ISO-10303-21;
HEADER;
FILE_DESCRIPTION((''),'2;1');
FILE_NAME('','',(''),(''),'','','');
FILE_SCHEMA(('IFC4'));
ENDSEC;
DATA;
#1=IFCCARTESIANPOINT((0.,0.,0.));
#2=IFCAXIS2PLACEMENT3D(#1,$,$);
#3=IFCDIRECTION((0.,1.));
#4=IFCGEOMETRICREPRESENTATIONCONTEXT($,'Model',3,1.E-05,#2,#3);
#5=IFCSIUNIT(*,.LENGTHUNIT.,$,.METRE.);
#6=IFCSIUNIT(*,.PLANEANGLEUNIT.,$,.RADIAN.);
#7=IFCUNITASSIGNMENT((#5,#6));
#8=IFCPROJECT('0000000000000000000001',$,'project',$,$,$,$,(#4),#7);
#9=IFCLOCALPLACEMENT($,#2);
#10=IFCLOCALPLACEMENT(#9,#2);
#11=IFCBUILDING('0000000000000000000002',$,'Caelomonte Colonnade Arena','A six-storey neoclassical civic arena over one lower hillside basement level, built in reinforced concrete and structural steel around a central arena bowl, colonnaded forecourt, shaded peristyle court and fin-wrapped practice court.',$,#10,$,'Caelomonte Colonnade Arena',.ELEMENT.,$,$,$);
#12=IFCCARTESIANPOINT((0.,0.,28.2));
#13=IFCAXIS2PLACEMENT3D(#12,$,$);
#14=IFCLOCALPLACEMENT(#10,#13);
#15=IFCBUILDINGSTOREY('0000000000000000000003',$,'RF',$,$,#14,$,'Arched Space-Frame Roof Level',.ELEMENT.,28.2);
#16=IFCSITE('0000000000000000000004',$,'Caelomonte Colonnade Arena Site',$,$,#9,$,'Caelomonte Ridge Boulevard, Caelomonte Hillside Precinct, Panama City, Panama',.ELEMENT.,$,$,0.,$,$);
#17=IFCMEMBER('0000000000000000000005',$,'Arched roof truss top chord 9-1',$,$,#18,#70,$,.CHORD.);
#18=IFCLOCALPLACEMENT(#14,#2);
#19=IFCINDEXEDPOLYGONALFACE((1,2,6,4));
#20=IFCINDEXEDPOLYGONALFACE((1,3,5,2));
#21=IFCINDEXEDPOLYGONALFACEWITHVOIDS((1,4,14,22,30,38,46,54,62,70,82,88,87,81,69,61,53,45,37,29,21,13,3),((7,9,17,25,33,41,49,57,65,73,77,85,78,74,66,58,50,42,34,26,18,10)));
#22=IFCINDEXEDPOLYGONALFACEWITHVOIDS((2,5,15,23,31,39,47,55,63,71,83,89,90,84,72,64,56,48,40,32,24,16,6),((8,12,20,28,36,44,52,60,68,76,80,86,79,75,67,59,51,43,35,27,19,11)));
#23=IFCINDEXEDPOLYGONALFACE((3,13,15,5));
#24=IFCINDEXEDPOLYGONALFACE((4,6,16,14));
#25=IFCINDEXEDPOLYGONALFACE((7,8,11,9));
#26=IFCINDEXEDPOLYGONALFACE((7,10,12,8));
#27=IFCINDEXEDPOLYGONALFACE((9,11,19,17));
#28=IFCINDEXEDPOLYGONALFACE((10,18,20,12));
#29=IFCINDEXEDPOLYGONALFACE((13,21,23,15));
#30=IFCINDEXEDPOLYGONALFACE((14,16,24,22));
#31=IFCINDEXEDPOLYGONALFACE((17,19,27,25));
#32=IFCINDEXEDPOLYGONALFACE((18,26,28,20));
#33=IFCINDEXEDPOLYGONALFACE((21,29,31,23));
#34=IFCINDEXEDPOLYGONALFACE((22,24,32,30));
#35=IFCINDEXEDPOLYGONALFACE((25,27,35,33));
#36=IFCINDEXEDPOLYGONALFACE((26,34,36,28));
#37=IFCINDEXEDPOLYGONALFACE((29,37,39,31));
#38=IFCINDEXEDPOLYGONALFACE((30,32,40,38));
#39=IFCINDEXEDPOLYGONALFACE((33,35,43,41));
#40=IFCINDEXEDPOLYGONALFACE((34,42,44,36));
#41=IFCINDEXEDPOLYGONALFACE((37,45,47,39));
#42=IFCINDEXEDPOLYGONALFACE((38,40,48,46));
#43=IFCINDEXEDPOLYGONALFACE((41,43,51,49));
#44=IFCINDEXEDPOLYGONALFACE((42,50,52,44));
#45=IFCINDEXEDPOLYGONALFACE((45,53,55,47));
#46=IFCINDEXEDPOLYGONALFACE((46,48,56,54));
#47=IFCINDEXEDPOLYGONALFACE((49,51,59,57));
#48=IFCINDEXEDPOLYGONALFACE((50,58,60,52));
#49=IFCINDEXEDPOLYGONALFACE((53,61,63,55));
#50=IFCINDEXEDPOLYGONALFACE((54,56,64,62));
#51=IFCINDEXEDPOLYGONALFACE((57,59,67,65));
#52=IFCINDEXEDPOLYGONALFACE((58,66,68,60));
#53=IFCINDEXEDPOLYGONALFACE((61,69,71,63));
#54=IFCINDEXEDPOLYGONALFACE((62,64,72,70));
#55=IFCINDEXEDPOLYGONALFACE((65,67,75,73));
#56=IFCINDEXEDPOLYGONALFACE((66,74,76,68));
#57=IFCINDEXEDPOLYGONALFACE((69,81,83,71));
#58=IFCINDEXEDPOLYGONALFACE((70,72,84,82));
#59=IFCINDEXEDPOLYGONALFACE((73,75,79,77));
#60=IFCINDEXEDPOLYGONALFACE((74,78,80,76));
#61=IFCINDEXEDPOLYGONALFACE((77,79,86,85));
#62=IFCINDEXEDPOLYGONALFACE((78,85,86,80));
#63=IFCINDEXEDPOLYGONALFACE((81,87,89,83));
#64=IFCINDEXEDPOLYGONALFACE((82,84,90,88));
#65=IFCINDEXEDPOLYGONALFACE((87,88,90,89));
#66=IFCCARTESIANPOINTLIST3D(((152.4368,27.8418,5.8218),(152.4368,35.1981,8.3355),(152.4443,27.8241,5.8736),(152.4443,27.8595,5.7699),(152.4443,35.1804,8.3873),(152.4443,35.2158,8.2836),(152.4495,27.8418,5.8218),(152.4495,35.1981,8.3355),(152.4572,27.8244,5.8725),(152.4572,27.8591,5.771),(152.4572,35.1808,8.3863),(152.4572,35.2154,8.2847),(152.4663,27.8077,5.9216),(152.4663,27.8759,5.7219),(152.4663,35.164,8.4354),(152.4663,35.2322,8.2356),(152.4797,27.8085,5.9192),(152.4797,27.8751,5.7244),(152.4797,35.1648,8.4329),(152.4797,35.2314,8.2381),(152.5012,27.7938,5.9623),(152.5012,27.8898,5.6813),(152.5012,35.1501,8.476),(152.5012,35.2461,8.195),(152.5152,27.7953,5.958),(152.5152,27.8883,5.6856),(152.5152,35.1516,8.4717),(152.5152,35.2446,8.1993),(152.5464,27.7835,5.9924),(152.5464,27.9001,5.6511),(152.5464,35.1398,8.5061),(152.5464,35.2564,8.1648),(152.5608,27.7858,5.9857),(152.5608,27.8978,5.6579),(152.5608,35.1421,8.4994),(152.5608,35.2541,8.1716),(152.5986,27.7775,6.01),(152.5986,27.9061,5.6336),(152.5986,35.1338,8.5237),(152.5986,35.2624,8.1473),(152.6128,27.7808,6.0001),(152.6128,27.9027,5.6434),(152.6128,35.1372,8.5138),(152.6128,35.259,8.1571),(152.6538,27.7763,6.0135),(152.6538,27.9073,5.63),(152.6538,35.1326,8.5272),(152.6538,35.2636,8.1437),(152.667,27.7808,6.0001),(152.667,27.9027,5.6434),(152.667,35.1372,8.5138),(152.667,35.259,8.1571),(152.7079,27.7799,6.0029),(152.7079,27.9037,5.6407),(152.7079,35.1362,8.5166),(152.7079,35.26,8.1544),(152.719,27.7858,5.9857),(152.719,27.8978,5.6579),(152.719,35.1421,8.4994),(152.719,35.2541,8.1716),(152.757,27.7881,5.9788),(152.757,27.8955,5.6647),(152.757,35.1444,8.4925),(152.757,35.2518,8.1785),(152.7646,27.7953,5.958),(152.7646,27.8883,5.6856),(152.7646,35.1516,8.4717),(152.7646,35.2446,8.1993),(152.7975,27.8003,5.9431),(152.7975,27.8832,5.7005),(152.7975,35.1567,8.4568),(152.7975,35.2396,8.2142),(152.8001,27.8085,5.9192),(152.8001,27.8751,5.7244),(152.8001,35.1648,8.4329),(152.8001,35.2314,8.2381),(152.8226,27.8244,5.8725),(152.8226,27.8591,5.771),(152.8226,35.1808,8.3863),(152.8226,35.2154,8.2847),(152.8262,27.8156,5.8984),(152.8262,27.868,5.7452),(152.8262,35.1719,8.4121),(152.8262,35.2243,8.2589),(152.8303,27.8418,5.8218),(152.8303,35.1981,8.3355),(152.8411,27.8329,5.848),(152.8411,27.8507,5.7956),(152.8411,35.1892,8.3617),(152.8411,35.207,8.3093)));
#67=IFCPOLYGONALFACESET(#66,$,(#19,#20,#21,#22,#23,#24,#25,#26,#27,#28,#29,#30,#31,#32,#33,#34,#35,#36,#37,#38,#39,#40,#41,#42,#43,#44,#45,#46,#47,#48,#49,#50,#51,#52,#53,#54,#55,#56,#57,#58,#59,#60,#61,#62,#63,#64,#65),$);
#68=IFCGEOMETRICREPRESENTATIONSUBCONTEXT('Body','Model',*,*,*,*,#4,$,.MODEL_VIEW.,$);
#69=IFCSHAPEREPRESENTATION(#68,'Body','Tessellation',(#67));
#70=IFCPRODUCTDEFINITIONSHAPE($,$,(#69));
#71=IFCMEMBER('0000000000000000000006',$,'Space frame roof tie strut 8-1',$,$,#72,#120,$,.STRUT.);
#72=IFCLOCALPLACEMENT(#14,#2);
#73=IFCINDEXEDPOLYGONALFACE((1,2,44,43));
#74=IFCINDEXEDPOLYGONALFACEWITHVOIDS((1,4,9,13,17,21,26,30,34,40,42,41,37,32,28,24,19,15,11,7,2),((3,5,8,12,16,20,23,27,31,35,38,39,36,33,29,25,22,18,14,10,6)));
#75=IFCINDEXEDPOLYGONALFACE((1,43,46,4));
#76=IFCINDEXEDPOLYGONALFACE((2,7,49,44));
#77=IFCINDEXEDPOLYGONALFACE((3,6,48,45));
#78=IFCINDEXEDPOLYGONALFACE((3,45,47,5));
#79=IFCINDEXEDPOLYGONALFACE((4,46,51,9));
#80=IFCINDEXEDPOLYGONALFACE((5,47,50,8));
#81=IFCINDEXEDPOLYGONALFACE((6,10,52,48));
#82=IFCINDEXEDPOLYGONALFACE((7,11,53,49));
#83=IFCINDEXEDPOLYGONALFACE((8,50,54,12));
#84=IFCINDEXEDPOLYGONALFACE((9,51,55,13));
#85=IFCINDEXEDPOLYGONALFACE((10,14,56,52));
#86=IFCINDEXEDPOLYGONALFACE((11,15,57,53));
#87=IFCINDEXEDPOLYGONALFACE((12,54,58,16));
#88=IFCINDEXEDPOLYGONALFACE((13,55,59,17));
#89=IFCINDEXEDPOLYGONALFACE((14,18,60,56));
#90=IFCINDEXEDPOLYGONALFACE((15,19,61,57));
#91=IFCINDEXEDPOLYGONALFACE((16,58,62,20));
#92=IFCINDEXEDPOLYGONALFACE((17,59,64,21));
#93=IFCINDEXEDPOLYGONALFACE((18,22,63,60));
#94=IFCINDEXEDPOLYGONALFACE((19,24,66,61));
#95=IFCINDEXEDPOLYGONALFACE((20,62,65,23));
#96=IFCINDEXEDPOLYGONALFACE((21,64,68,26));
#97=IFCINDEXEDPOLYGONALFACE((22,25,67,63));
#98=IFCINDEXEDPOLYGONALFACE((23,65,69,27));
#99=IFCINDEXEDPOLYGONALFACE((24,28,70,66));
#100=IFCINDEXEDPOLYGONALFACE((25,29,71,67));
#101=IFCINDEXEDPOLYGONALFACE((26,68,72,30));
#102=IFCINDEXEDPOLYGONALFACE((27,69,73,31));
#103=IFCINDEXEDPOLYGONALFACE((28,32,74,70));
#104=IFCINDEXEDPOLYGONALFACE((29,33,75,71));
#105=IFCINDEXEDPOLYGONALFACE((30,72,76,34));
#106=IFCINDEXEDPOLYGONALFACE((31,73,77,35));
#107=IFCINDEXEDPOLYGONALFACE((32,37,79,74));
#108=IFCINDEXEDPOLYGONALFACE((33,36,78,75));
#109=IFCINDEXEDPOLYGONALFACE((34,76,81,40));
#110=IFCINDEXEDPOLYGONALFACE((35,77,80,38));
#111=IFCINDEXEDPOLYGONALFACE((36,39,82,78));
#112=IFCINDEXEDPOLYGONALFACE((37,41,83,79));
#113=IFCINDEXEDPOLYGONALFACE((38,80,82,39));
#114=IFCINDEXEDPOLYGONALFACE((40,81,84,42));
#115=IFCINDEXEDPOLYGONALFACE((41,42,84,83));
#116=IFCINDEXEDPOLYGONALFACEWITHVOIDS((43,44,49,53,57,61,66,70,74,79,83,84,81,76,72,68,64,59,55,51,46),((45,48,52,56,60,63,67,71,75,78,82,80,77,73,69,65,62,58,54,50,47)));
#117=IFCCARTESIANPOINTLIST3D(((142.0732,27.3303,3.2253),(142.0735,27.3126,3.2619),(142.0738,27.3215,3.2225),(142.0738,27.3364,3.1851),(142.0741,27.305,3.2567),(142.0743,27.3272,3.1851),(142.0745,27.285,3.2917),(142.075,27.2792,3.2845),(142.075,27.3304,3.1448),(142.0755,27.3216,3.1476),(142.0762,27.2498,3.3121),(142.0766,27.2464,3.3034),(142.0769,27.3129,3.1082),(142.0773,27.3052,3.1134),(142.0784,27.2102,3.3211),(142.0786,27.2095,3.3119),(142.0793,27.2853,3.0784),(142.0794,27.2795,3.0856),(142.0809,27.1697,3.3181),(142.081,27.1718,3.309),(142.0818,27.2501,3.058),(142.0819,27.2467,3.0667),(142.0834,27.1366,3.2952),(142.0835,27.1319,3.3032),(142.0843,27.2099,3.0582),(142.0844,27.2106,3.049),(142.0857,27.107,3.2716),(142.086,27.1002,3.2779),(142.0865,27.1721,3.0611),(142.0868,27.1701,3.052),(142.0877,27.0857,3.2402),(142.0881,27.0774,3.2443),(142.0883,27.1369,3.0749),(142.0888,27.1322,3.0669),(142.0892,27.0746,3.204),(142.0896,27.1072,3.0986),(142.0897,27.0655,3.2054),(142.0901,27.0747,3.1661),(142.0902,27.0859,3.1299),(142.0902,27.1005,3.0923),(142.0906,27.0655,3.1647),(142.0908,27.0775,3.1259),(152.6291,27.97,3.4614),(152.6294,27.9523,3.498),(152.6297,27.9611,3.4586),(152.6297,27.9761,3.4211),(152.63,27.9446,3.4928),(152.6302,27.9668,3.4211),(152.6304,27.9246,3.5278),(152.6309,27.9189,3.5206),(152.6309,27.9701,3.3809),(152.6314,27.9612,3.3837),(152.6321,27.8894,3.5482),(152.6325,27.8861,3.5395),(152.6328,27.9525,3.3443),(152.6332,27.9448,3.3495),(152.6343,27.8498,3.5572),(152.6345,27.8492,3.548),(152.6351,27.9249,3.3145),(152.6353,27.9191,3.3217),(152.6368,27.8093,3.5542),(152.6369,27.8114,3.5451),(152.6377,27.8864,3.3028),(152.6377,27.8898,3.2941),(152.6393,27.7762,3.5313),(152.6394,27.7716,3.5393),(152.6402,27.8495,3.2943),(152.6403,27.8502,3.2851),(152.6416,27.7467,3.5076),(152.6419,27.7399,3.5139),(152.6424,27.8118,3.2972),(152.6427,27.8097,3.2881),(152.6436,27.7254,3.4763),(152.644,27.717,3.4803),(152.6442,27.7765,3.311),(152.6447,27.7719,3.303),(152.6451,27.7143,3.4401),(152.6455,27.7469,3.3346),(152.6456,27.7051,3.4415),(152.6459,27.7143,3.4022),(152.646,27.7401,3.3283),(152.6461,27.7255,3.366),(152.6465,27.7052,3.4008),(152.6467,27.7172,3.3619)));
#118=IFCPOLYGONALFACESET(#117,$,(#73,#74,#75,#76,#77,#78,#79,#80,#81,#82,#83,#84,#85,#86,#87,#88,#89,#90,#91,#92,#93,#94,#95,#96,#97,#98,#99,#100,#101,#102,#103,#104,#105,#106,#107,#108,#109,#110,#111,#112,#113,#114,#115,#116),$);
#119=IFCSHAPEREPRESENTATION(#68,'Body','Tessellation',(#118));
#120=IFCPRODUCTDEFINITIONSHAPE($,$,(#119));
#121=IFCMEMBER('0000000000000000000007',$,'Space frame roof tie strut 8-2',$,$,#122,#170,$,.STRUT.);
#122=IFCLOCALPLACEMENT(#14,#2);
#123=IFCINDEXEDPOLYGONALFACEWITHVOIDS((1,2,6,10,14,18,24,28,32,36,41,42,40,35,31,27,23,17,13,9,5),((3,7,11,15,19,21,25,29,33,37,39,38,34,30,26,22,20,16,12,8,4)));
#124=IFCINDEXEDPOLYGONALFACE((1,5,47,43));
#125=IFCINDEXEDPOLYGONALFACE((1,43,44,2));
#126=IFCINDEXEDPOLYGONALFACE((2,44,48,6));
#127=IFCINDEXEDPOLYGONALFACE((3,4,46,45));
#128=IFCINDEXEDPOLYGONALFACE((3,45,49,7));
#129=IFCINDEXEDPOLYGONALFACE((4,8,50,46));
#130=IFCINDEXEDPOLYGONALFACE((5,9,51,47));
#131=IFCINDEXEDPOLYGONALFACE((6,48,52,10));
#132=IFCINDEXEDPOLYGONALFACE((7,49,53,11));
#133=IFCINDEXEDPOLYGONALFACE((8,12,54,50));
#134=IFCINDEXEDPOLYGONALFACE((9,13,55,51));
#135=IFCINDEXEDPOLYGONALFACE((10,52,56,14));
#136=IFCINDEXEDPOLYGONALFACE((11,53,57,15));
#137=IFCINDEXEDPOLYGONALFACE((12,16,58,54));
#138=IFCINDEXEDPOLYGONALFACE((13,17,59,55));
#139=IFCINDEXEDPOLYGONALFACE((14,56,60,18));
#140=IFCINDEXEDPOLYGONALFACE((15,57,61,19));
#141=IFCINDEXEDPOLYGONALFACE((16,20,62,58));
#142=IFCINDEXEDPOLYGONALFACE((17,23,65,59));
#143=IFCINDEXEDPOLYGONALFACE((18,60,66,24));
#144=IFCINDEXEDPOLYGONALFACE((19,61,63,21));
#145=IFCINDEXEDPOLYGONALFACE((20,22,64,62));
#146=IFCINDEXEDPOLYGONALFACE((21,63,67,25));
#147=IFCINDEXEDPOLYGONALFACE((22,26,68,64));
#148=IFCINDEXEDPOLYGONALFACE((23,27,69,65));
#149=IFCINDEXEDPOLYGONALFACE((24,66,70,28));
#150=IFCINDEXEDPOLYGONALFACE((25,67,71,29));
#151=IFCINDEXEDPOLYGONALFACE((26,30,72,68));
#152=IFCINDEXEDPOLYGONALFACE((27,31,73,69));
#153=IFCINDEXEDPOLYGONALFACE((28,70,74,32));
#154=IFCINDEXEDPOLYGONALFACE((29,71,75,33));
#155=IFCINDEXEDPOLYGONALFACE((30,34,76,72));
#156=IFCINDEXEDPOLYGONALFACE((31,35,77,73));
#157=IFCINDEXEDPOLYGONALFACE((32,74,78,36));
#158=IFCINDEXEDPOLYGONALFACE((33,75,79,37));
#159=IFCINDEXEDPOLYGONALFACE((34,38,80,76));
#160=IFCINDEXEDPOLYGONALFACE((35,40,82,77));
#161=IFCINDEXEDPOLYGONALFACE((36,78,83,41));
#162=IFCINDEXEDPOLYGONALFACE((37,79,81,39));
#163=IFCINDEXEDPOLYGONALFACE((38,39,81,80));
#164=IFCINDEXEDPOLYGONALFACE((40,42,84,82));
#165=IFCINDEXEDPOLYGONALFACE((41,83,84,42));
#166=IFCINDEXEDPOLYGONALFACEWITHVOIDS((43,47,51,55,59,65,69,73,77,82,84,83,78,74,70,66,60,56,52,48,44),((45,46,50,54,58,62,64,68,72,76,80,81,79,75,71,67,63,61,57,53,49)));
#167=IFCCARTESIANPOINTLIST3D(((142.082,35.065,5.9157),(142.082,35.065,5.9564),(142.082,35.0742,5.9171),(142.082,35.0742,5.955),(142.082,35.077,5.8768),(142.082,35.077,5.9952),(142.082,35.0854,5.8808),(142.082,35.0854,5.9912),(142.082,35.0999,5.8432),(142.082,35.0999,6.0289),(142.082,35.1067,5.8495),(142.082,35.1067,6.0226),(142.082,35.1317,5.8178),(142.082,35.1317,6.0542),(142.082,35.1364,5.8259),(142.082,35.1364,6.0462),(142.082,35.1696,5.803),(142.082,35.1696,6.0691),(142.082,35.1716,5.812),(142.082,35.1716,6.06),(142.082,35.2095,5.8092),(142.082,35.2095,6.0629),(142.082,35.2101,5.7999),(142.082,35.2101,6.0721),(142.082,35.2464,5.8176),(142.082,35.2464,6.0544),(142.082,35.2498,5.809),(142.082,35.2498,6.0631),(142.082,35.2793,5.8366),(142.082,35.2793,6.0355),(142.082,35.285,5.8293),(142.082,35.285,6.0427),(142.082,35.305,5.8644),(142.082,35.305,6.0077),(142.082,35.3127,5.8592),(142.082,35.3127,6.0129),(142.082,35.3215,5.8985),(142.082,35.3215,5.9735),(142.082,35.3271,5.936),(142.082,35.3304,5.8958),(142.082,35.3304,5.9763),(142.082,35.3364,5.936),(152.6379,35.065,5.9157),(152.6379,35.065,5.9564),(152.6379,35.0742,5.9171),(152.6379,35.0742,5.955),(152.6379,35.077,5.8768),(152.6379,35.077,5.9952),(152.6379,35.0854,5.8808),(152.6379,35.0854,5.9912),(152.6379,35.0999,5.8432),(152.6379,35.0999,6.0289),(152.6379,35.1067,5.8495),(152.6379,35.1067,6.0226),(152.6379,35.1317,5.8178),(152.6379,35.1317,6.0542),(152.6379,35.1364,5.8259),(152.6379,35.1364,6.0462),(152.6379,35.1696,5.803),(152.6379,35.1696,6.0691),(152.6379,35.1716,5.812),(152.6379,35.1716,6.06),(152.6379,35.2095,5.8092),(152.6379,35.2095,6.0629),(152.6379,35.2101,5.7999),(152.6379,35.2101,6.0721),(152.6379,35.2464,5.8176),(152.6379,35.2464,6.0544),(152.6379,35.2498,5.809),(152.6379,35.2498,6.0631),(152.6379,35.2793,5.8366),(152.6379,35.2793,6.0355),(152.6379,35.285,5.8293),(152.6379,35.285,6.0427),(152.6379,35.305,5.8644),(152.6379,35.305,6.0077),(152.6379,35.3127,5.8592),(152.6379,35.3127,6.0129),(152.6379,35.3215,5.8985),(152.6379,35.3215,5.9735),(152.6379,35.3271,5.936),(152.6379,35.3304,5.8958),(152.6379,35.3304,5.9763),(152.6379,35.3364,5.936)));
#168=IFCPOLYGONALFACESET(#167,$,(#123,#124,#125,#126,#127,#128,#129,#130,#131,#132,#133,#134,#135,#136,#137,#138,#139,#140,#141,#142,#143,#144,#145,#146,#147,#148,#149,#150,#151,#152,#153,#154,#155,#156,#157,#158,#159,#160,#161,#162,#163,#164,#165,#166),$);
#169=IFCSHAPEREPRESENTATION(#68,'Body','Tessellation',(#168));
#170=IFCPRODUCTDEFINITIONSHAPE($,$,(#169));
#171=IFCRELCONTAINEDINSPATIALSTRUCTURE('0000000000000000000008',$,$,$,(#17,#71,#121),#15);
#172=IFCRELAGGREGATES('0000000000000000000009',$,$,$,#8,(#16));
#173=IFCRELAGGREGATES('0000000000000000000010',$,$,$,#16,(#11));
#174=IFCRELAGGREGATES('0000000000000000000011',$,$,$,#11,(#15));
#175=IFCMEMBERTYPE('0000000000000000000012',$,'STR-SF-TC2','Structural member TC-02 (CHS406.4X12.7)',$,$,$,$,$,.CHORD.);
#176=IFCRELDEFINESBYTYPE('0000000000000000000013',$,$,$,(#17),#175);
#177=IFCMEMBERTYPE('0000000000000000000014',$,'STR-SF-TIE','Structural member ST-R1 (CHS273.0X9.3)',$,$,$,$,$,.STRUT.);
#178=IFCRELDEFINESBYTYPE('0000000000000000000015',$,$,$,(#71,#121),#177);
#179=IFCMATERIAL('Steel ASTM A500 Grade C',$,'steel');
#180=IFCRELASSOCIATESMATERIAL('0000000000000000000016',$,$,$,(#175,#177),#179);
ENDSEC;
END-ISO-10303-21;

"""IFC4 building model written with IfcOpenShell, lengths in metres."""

from ifc_helpers import new_model, si_unit, direction, frame, origin, origin_2d, place, context, subcontext, project, spatial, hollow_circle, extrude, material, material_profile, profile_set, type_object, element, save


model = new_model("IFC4")

# Units and contexts
model_context = context("Model", 3, precision=1e-05, world=origin(), true_north=direction((0.0, 1.0)))
body_context = subcontext(model_context, "Body", "Model", "MODEL_VIEW")
ifc_project = project(units=[si_unit("LENGTHUNIT", "METRE"), si_unit("PLANEANGLEUNIT", "RADIAN")], contexts=[model_context])

# Site, building, storey
site_placement = place(None, origin())
site = spatial("IfcSite", under=ifc_project, at=site_placement, Name="Caelomonte Colonnade Arena Site", LongName="Caelomonte Ridge Boulevard, Caelomonte Hillside Precinct, Panama City, Panama", CompositionType="ELEMENT", RefElevation=0.0)
building_placement = place(site_placement, origin())
building = spatial("IfcBuilding", under=site, at=building_placement, Name="Caelomonte Colonnade Arena", Description="A six-storey neoclassical civic arena over one lower hillside basement level, built in reinforced concrete and structural steel around a central arena bowl, colonnaded forecourt, shaded peristyle court and fin-wrapped practice court.", LongName="Caelomonte Colonnade Arena", CompositionType="ELEMENT")
storey_placement = place(building_placement, frame((0.0, 0.0, 28.2)))
storey = spatial("IfcBuildingStorey", under=building, at=storey_placement, Name="RF", LongName="Arched Space-Frame Roof Level", CompositionType="ELEMENT", Elevation=28.2)

# Members
ifc_material_1 = material(Name="Steel ASTM A500 Grade C", Category="steel")
ifc_material_profile_1 = material_profile(ifc_material_1, hollow_circle(Radius=0.2031, WallThickness=0.0127, at=origin_2d()), Name="CHS406.4X12.7")
ifc_profile_set_1 = profile_set([ifc_material_profile_1], Name="Steel ASTM A500 Grade C")
member_type_1 = type_object("IfcMemberType", Name="STR-SF-TC2", Description="Structural member TC-02 (CHS406.4X12.7)", PredefinedType="CHORD", material=ifc_profile_set_1)
member_1_placement = place(storey_placement, frame((152.6399, 27.8418, 5.8218), z_axis=(0.0, 0.946279, 0.323351), x_axis=(-1.0, 0.0, 0.0)))
element("IfcMember", 1, at=member_1_placement, inside=storey, type_object=member_type_1, Name="Arched roof truss top chord 9-1", PredefinedType="CHORD", context=body_context, shape_type="SweptSolid", body=[
    extrude(hollow_circle(Radius=0.2031, WallThickness=0.0127, at=origin_2d()), origin(), (0.0, 0.0, 1.0), 7.7739),
])
ifc_material_profile_2 = material_profile(ifc_material_1, hollow_circle(Radius=0.1365, WallThickness=0.0093, at=origin_2d()), Name="CHS273.0X9.3")
ifc_profile_set_2 = profile_set([ifc_material_profile_2], Name="Steel ASTM A500 Grade C")
member_type_2 = type_object("IfcMemberType", Name="STR-SF-TIE", Description="Structural member ST-R1 (CHS273.0X9.3)", PredefinedType="STRUT", material=ifc_profile_set_2)
member_2_placement = place(storey_placement, frame((142.082, 27.2002, 3.1851), z_axis=(0.99792, 0.06047, 0.022319), x_axis=(-0.060485, 0.998169, 0.0)))
element("IfcMember", 2, at=member_2_placement, inside=storey, type_object=member_type_2, Name="Space frame roof tie strut 8-1", PredefinedType="STRUT", context=body_context, shape_type="SweptSolid", body=[
    extrude(hollow_circle(Radius=0.1365, WallThickness=0.0093, at=origin_2d()), origin(), (0.0, 0.0, 1.0), 10.5779),
])
member_3_placement = place(storey_placement, frame((142.082, 35.2, 5.936), z_axis=(1.0, 0.0, 0.0), x_axis=(0.0, 1.0, 0.0)))
element("IfcMember", 3, at=member_3_placement, inside=storey, type_object=member_type_2, Name="Space frame roof tie strut 8-2", PredefinedType="STRUT", context=body_context, shape_type="SweptSolid", body=[
    extrude(hollow_circle(Radius=0.1365, WallThickness=0.0093, at=origin_2d()), origin(), (0.0, 0.0, 1.0), 10.5559),
])

save(model, "model.ifc")
